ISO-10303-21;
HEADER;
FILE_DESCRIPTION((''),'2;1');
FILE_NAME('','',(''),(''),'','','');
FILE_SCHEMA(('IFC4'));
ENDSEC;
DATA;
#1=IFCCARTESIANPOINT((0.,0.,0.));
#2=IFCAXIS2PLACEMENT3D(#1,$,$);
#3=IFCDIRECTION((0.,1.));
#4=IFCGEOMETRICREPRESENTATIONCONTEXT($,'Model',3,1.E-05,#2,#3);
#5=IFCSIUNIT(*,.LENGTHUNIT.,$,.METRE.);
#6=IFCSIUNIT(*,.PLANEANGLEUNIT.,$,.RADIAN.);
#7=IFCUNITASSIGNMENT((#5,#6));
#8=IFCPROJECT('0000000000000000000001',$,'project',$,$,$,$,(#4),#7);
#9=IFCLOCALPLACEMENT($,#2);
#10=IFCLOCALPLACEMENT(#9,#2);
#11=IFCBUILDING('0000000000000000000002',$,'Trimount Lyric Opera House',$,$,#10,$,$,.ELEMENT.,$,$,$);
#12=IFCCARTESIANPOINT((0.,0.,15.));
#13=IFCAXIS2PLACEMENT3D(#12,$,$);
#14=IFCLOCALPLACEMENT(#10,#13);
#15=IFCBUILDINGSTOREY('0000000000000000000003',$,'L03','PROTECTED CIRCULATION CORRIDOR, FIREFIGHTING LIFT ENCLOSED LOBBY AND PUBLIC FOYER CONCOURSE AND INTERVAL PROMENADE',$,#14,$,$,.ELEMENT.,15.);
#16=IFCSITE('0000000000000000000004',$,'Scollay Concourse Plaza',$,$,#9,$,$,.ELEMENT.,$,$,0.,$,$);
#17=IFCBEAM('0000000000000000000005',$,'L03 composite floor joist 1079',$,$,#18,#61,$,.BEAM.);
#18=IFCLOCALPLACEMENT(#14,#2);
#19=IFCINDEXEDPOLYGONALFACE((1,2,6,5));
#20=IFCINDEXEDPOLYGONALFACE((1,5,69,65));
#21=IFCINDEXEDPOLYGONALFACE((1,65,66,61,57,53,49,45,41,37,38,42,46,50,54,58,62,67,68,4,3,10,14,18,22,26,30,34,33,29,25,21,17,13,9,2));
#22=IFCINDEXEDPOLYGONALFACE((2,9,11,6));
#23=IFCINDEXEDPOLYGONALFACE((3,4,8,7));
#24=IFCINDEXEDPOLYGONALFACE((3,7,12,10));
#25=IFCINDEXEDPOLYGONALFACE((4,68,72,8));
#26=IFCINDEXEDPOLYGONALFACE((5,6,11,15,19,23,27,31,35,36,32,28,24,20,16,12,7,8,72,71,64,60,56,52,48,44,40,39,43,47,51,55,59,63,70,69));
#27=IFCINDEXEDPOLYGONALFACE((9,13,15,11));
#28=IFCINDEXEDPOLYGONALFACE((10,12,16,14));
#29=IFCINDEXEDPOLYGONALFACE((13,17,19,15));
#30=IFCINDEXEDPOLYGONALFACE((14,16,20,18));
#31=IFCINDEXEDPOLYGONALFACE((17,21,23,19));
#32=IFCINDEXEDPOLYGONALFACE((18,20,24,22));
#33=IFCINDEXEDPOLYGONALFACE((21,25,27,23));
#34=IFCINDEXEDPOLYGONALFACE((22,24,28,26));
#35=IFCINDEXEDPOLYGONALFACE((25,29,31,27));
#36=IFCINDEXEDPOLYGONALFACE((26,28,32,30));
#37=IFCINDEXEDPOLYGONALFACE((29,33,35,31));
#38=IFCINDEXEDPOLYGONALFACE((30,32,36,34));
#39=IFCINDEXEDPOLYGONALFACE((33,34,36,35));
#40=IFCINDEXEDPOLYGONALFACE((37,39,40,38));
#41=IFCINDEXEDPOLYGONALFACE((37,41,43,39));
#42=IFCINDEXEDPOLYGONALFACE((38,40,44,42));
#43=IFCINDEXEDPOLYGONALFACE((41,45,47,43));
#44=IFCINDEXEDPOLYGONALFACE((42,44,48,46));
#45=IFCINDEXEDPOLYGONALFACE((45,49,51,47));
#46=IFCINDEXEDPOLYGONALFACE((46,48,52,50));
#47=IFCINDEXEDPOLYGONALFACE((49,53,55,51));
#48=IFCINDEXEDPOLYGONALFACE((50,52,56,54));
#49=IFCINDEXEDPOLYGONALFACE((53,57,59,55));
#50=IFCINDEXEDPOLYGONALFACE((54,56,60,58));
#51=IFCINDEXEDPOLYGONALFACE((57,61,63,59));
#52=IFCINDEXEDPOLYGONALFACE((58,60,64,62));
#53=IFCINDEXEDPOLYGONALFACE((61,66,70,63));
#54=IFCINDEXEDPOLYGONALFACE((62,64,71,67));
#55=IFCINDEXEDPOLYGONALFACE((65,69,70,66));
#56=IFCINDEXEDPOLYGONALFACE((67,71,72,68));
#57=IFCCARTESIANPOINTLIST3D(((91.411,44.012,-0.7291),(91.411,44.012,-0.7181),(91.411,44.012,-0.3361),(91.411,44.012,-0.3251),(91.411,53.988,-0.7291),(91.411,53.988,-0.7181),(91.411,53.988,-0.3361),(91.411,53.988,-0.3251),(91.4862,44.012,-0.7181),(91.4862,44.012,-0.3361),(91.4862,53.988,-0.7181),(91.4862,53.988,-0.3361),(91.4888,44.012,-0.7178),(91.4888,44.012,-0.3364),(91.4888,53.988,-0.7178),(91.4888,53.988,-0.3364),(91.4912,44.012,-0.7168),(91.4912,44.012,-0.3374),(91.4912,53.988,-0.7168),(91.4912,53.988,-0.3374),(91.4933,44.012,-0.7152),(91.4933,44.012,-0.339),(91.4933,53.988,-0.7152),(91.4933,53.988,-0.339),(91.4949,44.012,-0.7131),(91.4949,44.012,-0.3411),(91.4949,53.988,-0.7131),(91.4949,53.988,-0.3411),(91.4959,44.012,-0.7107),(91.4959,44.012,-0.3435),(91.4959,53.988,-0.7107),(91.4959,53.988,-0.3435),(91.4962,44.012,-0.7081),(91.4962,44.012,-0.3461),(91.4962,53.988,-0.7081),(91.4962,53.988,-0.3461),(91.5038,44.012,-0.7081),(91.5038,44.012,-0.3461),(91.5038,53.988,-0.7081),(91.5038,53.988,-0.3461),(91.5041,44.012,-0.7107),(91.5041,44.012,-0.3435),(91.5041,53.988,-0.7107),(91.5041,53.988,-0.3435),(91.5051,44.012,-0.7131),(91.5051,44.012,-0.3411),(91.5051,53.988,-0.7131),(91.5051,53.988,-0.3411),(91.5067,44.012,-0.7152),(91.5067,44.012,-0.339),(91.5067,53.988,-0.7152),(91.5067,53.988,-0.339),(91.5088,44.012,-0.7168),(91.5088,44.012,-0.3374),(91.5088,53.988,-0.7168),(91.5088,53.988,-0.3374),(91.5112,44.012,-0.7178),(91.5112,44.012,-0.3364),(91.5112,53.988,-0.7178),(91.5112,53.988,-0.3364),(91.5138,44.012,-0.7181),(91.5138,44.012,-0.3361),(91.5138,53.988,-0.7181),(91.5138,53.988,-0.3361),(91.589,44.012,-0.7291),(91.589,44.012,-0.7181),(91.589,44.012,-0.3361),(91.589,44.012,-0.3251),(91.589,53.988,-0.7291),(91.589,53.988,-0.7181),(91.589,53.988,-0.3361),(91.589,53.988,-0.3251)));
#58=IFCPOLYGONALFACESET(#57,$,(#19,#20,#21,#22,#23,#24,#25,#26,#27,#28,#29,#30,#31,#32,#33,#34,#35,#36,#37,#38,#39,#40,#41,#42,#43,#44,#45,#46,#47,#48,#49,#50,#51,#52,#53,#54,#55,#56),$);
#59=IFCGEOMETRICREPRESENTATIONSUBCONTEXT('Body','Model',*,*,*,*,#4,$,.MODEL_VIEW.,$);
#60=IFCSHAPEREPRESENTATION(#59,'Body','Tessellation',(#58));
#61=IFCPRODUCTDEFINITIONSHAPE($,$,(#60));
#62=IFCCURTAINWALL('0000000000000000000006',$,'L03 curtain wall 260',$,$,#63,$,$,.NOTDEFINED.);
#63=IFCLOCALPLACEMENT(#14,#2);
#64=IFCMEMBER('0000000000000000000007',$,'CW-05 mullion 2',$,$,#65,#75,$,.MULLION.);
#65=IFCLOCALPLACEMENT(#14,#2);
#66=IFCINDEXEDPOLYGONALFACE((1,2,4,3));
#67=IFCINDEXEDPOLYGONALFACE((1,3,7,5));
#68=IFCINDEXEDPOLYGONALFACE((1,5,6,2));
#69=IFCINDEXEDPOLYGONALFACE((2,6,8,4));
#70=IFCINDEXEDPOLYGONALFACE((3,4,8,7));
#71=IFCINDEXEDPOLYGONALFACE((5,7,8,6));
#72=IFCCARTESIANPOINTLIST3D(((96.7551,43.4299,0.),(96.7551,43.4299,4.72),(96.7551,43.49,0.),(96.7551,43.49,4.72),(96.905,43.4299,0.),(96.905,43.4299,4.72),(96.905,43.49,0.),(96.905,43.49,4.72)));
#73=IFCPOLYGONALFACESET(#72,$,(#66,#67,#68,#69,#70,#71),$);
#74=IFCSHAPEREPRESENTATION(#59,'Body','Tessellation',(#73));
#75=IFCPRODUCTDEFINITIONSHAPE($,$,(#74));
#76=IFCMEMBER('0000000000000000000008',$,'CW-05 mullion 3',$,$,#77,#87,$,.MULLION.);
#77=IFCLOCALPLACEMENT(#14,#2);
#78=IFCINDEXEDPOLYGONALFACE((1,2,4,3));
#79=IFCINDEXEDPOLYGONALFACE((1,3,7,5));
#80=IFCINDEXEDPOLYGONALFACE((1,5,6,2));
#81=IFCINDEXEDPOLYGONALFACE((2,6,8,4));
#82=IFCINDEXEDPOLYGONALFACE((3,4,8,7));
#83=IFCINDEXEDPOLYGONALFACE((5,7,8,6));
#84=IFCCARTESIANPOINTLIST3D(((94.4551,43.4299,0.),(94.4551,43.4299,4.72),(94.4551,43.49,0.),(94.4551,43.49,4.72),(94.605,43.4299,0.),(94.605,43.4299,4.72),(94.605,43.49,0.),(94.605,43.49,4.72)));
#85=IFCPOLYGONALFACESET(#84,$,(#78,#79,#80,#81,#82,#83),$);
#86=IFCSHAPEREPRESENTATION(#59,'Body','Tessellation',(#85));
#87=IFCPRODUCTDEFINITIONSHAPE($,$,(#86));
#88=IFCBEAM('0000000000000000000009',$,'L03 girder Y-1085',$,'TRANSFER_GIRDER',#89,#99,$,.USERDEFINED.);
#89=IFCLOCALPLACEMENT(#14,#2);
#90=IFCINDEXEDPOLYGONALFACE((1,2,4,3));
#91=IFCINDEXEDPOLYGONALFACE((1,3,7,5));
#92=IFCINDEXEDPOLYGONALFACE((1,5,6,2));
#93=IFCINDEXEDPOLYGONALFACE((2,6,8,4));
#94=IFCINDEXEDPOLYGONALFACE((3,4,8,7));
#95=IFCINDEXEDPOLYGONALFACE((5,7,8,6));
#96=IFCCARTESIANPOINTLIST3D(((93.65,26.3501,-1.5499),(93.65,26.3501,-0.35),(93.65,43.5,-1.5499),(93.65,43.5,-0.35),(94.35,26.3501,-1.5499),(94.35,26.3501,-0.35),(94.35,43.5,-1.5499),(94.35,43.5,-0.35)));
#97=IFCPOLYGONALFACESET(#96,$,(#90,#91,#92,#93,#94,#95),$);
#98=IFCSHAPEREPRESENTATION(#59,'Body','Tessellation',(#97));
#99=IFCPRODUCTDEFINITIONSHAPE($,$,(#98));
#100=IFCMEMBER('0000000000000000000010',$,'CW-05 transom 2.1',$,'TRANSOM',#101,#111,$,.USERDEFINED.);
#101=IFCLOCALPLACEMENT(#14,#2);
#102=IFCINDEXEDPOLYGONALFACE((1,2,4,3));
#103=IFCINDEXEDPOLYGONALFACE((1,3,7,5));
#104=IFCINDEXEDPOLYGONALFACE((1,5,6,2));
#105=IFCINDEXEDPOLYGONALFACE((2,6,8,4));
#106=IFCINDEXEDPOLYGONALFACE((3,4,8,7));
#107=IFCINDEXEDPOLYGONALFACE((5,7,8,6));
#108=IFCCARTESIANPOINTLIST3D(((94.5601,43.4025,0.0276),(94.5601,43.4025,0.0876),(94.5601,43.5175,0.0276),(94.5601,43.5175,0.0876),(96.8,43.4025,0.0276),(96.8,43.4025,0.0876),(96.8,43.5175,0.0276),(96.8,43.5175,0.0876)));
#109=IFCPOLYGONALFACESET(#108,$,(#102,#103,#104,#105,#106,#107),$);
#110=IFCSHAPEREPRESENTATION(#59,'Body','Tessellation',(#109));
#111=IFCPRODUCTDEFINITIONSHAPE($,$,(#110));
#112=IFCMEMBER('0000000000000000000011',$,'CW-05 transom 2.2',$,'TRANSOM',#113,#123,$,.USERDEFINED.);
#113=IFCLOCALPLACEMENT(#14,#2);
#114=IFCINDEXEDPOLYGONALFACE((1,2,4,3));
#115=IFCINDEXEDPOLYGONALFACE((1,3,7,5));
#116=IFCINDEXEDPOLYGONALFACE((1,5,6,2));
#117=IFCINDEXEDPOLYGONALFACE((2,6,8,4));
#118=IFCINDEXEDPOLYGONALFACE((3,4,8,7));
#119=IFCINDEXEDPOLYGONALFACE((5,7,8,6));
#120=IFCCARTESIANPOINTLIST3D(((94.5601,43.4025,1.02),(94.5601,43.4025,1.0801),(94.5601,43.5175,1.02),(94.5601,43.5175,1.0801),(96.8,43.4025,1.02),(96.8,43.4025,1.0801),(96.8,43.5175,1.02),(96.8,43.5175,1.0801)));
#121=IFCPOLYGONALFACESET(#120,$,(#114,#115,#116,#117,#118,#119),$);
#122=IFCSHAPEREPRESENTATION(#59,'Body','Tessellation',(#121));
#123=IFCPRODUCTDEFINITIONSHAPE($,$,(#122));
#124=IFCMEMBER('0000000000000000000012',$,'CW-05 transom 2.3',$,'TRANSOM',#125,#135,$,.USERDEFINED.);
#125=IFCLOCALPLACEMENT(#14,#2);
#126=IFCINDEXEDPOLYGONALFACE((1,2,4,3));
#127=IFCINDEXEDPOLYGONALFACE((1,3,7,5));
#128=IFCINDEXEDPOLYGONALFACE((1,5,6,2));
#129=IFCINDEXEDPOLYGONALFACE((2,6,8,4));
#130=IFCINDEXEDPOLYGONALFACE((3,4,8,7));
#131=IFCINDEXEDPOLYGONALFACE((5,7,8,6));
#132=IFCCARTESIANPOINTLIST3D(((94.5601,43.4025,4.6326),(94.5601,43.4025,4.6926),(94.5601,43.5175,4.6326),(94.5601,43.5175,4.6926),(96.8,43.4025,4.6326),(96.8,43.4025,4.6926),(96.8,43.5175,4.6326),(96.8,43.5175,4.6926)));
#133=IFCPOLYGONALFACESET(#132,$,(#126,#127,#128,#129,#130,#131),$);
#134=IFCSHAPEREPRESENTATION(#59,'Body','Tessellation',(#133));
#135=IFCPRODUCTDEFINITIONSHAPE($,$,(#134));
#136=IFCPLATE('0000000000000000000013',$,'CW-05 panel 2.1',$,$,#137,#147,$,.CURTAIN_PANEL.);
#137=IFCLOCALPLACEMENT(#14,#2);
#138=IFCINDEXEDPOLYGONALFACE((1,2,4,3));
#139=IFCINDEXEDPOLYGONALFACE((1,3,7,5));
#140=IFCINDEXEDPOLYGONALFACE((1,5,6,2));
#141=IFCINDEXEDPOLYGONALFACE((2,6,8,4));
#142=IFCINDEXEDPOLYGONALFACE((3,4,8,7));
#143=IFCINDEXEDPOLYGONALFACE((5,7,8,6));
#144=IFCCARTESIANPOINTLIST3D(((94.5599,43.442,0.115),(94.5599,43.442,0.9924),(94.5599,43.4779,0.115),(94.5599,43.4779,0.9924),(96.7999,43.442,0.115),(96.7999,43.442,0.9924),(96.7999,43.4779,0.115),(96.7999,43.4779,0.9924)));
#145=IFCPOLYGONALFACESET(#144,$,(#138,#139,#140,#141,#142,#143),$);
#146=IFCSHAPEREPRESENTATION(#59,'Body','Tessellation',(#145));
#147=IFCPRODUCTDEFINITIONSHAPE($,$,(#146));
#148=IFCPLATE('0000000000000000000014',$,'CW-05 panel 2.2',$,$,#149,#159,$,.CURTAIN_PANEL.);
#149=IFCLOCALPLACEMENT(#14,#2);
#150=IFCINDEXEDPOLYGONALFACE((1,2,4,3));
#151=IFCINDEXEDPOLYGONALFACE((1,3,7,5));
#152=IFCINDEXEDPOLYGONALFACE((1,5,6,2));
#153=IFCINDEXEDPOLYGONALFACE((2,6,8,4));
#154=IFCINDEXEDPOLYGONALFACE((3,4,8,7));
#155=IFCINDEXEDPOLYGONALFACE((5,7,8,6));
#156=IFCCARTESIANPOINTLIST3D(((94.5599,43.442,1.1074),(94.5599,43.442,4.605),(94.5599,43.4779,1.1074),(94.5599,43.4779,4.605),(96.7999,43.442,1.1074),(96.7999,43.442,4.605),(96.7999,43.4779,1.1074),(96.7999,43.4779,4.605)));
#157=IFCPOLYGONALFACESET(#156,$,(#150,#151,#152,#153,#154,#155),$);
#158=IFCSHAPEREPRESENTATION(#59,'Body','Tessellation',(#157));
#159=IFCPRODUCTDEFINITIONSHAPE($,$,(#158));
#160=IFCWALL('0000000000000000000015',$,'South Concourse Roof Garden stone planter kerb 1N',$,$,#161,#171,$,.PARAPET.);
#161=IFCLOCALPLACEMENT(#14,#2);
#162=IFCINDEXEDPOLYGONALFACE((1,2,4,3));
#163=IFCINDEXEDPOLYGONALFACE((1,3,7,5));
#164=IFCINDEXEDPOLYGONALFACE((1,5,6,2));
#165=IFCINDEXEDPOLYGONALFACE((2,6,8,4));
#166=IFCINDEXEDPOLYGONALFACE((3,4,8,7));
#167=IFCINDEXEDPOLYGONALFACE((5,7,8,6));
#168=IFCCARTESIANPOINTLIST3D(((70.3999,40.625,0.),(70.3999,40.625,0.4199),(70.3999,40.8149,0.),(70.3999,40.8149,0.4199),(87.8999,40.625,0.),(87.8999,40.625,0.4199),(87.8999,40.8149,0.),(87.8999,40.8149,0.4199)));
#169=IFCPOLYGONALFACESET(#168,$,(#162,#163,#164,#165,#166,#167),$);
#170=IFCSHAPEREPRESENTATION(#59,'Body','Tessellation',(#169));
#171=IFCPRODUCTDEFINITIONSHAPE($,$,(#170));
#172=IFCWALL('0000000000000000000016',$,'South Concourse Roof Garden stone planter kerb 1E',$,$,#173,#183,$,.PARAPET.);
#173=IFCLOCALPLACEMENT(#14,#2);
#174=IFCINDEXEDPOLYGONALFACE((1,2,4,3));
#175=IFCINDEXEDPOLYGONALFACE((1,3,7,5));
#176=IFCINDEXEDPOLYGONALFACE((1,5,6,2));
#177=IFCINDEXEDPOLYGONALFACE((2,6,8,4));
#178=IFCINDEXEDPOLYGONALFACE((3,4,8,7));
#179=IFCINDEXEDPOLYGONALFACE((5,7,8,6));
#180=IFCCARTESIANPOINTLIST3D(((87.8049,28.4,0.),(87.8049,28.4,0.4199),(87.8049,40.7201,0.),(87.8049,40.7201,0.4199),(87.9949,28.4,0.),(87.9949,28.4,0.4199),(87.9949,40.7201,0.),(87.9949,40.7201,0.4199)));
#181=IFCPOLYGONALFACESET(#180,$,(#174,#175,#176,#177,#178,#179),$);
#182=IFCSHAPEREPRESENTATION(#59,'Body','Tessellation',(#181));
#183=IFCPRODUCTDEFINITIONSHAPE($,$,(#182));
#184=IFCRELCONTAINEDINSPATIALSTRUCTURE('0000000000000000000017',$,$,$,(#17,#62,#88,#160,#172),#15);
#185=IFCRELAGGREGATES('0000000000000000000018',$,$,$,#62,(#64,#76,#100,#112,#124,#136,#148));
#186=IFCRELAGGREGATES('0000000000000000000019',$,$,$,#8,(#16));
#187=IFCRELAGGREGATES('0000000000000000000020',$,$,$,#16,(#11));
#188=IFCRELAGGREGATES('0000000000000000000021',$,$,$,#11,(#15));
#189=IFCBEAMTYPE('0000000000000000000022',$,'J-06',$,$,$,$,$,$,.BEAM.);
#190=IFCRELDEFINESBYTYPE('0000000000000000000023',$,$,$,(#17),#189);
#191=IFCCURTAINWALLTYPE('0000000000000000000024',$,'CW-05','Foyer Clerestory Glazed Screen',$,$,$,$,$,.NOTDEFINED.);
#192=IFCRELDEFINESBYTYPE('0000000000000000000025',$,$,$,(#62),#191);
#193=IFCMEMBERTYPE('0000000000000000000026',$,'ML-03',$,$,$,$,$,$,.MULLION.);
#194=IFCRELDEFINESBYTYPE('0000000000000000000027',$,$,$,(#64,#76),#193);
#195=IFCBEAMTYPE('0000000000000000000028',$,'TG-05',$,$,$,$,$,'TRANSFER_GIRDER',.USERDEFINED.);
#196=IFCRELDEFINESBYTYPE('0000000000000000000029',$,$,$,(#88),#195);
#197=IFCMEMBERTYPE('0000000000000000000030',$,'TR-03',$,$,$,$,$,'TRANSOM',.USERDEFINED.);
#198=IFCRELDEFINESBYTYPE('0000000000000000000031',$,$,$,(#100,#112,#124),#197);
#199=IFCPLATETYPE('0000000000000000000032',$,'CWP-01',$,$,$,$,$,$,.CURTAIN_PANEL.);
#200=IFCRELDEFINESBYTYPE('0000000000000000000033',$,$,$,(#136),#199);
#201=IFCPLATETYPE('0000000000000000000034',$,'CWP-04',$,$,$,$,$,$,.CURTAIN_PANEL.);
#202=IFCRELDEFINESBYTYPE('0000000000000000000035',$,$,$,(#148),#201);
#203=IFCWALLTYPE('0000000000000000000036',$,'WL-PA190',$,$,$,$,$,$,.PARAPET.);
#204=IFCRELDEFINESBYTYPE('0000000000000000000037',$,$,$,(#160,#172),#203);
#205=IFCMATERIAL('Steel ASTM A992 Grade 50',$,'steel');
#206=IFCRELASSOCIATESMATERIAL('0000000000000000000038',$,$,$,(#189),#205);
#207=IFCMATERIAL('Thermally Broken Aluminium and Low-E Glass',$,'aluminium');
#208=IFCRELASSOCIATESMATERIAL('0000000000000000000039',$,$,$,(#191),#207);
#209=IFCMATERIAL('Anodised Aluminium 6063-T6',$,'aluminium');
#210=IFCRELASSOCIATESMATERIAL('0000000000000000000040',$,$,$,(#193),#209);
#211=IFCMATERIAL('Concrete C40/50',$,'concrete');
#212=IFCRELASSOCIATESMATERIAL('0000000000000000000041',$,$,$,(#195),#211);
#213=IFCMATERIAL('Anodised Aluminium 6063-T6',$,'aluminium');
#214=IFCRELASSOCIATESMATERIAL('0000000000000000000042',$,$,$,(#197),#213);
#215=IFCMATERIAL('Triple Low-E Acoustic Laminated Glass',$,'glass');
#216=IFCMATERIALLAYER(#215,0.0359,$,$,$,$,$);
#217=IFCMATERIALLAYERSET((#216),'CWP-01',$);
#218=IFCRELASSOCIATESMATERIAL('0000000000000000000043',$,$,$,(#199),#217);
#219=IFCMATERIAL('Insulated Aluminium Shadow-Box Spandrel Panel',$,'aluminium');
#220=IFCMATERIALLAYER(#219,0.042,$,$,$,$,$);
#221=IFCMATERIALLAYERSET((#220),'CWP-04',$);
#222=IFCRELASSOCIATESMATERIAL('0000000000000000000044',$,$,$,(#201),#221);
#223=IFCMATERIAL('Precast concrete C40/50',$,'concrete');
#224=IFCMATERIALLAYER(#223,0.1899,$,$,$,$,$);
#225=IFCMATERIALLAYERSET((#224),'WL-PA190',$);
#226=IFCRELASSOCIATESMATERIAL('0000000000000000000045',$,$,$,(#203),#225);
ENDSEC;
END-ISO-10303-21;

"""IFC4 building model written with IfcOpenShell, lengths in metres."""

from ifc_helpers import new_model, si_unit, direction, frame, frame_2d, origin, origin_2d, place, context, subcontext, project, spatial, rectangle, i_section, extrude, material, layer, layer_set, material_profile, profile_set, type_object, element, aggregate, save


model = new_model("IFC4")

# Units and contexts
model_context = context("Model", 3, precision=1e-05, world=origin(), true_north=direction((0.0, 1.0)))
body_context = subcontext(model_context, "Body", "Model", "MODEL_VIEW")
ifc_project = project(units=[si_unit("LENGTHUNIT", "METRE"), si_unit("PLANEANGLEUNIT", "RADIAN")], contexts=[model_context])

# Site, building, storey
site_placement = place(None, origin())
site = spatial("IfcSite", under=ifc_project, at=site_placement, Name="Scollay Concourse Plaza", CompositionType="ELEMENT", RefElevation=0.0)
building_placement = place(site_placement, origin())
building = spatial("IfcBuilding", under=site, at=building_placement, Name="Trimount Lyric Opera House", CompositionType="ELEMENT")
storey_placement = place(building_placement, frame((0.0, 0.0, 15.0)))
storey = spatial("IfcBuildingStorey", under=building, at=storey_placement, Name="L03", Description="PROTECTED CIRCULATION CORRIDOR, FIREFIGHTING LIFT ENCLOSED LOBBY AND PUBLIC FOYER CONCOURSE AND INTERVAL PROMENADE", CompositionType="ELEMENT", Elevation=15.0)

# Beam
ifc_material_1 = material(Name="Steel ASTM A992 Grade 50", Category="steel")
ifc_material_profile_1 = material_profile(ifc_material_1, i_section(OverallWidth=0.178, OverallDepth=0.4041, WebThickness=0.0076, FlangeThickness=0.011, FilletRadius=0.01, at=origin_2d()), Name="W16X36")
ifc_profile_set_1 = profile_set([ifc_material_profile_1], Name="Steel ASTM A992 Grade 50")
beam_type_1 = type_object("IfcBeamType", Name="J-06", PredefinedType="BEAM", material=ifc_profile_set_1)
beam_1_placement = place(storey_placement, frame((91.5, 44.012, -0.5271), z_axis=(0.0, 1.0, 0.0), x_axis=(-1.0, 0.0, 0.0)))
element("IfcBeam", 1, at=beam_1_placement, inside=storey, type_object=beam_type_1, Name="L03 composite floor joist 1079", PredefinedType="BEAM", context=body_context, shape_type="SweptSolid", body=[
    extrude(i_section(OverallWidth=0.178, OverallDepth=0.4041, WebThickness=0.0076, FlangeThickness=0.011, FilletRadius=0.01, at=origin_2d()), origin(), (0.0, 0.0, 1.0), 9.9761),
])

# Curtain wall, members
ifc_material_2 = material(Name="Thermally Broken Aluminium and Low-E Glass", Category="aluminium")
curtain_wall_type = type_object("IfcCurtainWallType", Name="CW-05", Description="Foyer Clerestory Glazed Screen", PredefinedType="NOTDEFINED", material=ifc_material_2)
curtain_wall_placement = place(storey_placement, origin())
curtain_wall = element("IfcCurtainWall", 2, at=curtain_wall_placement, inside=storey, type_object=curtain_wall_type, Name="L03 curtain wall 260", PredefinedType="NOTDEFINED")
ifc_material_3 = material(Name="Anodised Aluminium 6063-T6", Category="aluminium")
ifc_material_profile_2 = material_profile(ifc_material_3, rectangle(XDim=0.0601, YDim=0.1499, at=origin_2d()), Name="ALU-MULL-60X150")
ifc_profile_set_2 = profile_set([ifc_material_profile_2], Name="Anodised Aluminium 6063-T6")
member_type_1 = type_object("IfcMemberType", Name="ML-03", PredefinedType="MULLION", material=ifc_profile_set_2)
member_1_placement = place(storey_placement, frame((96.8301, 43.46, 0.0), z_axis=(0.0, 0.0, 1.0), x_axis=(0.0, -1.0, 0.0)))
member_1 = element("IfcMember", 3, at=member_1_placement, type_object=member_type_1, Name="CW-05 mullion 2", PredefinedType="MULLION", context=body_context, shape_type="SweptSolid", body=[
    extrude(rectangle(XDim=0.0601, YDim=0.1499, at=origin_2d()), origin(), (0.0, 0.0, 1.0), 4.72),
])
member_2_placement = place(storey_placement, frame((94.53, 43.46, 0.0), z_axis=(0.0, 0.0, 1.0), x_axis=(0.0, -1.0, 0.0)))
member_2 = element("IfcMember", 4, at=member_2_placement, type_object=member_type_1, Name="CW-05 mullion 3", PredefinedType="MULLION", context=body_context, shape_type="SweptSolid", body=[
    extrude(rectangle(XDim=0.0601, YDim=0.1499, at=origin_2d()), origin(), (0.0, 0.0, 1.0), 4.72),
])

# Beam
ifc_material_4 = material(Name="Concrete C40/50", Category="concrete")
ifc_material_profile_3 = material_profile(ifc_material_4, rectangle(XDim=0.7, YDim=1.2, at=origin_2d()), Name="RC700X1200")
ifc_profile_set_3 = profile_set([ifc_material_profile_3], Name="Concrete C40/50")
beam_type_2 = type_object("IfcBeamType", Name="TG-05", ElementType="TRANSFER_GIRDER", PredefinedType="USERDEFINED", material=ifc_profile_set_3)
beam_2_placement = place(storey_placement, frame((94.0, 26.3501, -0.95), z_axis=(0.0, 1.0, 0.0), x_axis=(-1.0, 0.0, 0.0)))
element("IfcBeam", 5, at=beam_2_placement, inside=storey, type_object=beam_type_2, Name="L03 girder Y-1085", ObjectType="TRANSFER_GIRDER", PredefinedType="USERDEFINED", context=body_context, shape_type="SweptSolid", body=[
    extrude(rectangle(XDim=0.7, YDim=1.2, at=origin_2d()), origin(), (0.0, 0.0, 1.0), 17.1499),
])

# Members
ifc_material_5 = material(Name="Anodised Aluminium 6063-T6", Category="aluminium")
ifc_material_profile_4 = material_profile(ifc_material_5, rectangle(XDim=0.115, YDim=0.0601, at=origin_2d()), Name="ALU-TRAN-60X115")
ifc_profile_set_4 = profile_set([ifc_material_profile_4], Name="Anodised Aluminium 6063-T6")
member_type_2 = type_object("IfcMemberType", Name="TR-03", ElementType="TRANSOM", PredefinedType="USERDEFINED", material=ifc_profile_set_4)
member_3_placement = place(storey_placement, frame((96.8, 43.46, 0.0576), z_axis=(-1.0, 0.0, 0.0), x_axis=(0.0, -1.0, 0.0)))
member_3 = element("IfcMember", 6, at=member_3_placement, type_object=member_type_2, Name="CW-05 transom 2.1", ObjectType="TRANSOM", PredefinedType="USERDEFINED", context=body_context, shape_type="SweptSolid", body=[
    extrude(rectangle(XDim=0.115, YDim=0.0601, at=origin_2d()), origin(), (0.0, 0.0, 1.0), 2.24),
])
member_4_placement = place(storey_placement, frame((96.8, 43.46, 1.05), z_axis=(-1.0, 0.0, 0.0), x_axis=(0.0, -1.0, 0.0)))
member_4 = element("IfcMember", 7, at=member_4_placement, type_object=member_type_2, Name="CW-05 transom 2.2", ObjectType="TRANSOM", PredefinedType="USERDEFINED", context=body_context, shape_type="SweptSolid", body=[
    extrude(rectangle(XDim=0.115, YDim=0.0601, at=origin_2d()), origin(), (0.0, 0.0, 1.0), 2.24),
])
member_5_placement = place(storey_placement, frame((96.8, 43.46, 4.6626), z_axis=(-1.0, 0.0, 0.0), x_axis=(0.0, -1.0, 0.0)))
member_5 = element("IfcMember", 8, at=member_5_placement, type_object=member_type_2, Name="CW-05 transom 2.3", ObjectType="TRANSOM", PredefinedType="USERDEFINED", context=body_context, shape_type="SweptSolid", body=[
    extrude(rectangle(XDim=0.115, YDim=0.0601, at=origin_2d()), origin(), (0.0, 0.0, 1.0), 2.24),
])

# Plates
ifc_material_6 = material(Name="Triple Low-E Acoustic Laminated Glass", Category="glass")
ifc_layer_1 = layer(ifc_material_6, 0.0359)
ifc_layer_set_1 = layer_set([ifc_layer_1], Name="CWP-01")
plate_type_1 = type_object("IfcPlateType", Name="CWP-01", PredefinedType="CURTAIN_PANEL", material=ifc_layer_set_1)
plate_1_placement = place(storey_placement, frame((95.6799, 43.46, 0.115), z_axis=(0.0, 0.0, 1.0), x_axis=(-1.0, 0.0, 0.0)))
plate_1 = element("IfcPlate", 9, at=plate_1_placement, type_object=plate_type_1, Name="CW-05 panel 2.1", PredefinedType="CURTAIN_PANEL", context=body_context, shape_type="SweptSolid", body=[
    extrude(rectangle(XDim=2.24, YDim=0.0359, at=origin_2d()), origin(), (0.0, 0.0, 1.0), 0.8774),
])
ifc_material_7 = material(Name="Insulated Aluminium Shadow-Box Spandrel Panel", Category="aluminium")
ifc_layer_2 = layer(ifc_material_7, 0.042)
ifc_layer_set_2 = layer_set([ifc_layer_2], Name="CWP-04")
plate_type_2 = type_object("IfcPlateType", Name="CWP-04", PredefinedType="CURTAIN_PANEL", material=ifc_layer_set_2)
plate_2_placement = place(storey_placement, frame((95.6799, 43.46, 1.1074), z_axis=(0.0, 0.0, 1.0), x_axis=(-1.0, 0.0, 0.0)))
plate_2 = element("IfcPlate", 10, at=plate_2_placement, type_object=plate_type_2, Name="CW-05 panel 2.2", PredefinedType="CURTAIN_PANEL", context=body_context, shape_type="SweptSolid", body=[
    extrude(rectangle(XDim=2.24, YDim=0.0359, at=origin_2d()), origin(), (0.0, 0.0, 1.0), 3.4976),
])
aggregate(curtain_wall, [member_1, member_2, member_3, member_4, member_5, plate_1, plate_2])

# Walls
ifc_material_8 = material(Name="Precast concrete C40/50", Category="concrete")
ifc_layer_3 = layer(ifc_material_8, 0.1899)
ifc_layer_set_3 = layer_set([ifc_layer_3], Name="WL-PA190")
wall_type_1 = type_object("IfcWallType", Name="WL-PA190", PredefinedType="PARAPET", material=ifc_layer_set_3)
wall_1_placement = place(storey_placement, frame((87.8999, 40.72, 0.0), z_axis=(0.0, 0.0, 1.0), x_axis=(-1.0, 0.0, 0.0)))
element("IfcWall", 11, at=wall_1_placement, inside=storey, type_object=wall_type_1, Name="South Concourse Roof Garden stone planter kerb 1N", PredefinedType="PARAPET", context=body_context, shape_type="SweptSolid", body=[
    extrude(rectangle(XDim=17.5, YDim=0.1899, at=frame_2d((8.75, 0.0))), origin(), (0.0, 0.0, 1.0), 0.4199),
])
wall_2_placement = place(storey_placement, frame((87.8999, 28.3999, 0.0), z_axis=(0.0, 0.0, 1.0), x_axis=(0.0, 1.0, 0.0)))
element("IfcWall", 12, at=wall_2_placement, inside=storey, type_object=wall_type_1, Name="South Concourse Roof Garden stone planter kerb 1E", PredefinedType="PARAPET", context=body_context, shape_type="SweptSolid", body=[
    extrude(rectangle(XDim=12.3201, YDim=0.1899, at=frame_2d((6.1602, 0.0))), origin(), (0.0, 0.0, 1.0), 0.4199),
])

save(model, "model.ifc")
